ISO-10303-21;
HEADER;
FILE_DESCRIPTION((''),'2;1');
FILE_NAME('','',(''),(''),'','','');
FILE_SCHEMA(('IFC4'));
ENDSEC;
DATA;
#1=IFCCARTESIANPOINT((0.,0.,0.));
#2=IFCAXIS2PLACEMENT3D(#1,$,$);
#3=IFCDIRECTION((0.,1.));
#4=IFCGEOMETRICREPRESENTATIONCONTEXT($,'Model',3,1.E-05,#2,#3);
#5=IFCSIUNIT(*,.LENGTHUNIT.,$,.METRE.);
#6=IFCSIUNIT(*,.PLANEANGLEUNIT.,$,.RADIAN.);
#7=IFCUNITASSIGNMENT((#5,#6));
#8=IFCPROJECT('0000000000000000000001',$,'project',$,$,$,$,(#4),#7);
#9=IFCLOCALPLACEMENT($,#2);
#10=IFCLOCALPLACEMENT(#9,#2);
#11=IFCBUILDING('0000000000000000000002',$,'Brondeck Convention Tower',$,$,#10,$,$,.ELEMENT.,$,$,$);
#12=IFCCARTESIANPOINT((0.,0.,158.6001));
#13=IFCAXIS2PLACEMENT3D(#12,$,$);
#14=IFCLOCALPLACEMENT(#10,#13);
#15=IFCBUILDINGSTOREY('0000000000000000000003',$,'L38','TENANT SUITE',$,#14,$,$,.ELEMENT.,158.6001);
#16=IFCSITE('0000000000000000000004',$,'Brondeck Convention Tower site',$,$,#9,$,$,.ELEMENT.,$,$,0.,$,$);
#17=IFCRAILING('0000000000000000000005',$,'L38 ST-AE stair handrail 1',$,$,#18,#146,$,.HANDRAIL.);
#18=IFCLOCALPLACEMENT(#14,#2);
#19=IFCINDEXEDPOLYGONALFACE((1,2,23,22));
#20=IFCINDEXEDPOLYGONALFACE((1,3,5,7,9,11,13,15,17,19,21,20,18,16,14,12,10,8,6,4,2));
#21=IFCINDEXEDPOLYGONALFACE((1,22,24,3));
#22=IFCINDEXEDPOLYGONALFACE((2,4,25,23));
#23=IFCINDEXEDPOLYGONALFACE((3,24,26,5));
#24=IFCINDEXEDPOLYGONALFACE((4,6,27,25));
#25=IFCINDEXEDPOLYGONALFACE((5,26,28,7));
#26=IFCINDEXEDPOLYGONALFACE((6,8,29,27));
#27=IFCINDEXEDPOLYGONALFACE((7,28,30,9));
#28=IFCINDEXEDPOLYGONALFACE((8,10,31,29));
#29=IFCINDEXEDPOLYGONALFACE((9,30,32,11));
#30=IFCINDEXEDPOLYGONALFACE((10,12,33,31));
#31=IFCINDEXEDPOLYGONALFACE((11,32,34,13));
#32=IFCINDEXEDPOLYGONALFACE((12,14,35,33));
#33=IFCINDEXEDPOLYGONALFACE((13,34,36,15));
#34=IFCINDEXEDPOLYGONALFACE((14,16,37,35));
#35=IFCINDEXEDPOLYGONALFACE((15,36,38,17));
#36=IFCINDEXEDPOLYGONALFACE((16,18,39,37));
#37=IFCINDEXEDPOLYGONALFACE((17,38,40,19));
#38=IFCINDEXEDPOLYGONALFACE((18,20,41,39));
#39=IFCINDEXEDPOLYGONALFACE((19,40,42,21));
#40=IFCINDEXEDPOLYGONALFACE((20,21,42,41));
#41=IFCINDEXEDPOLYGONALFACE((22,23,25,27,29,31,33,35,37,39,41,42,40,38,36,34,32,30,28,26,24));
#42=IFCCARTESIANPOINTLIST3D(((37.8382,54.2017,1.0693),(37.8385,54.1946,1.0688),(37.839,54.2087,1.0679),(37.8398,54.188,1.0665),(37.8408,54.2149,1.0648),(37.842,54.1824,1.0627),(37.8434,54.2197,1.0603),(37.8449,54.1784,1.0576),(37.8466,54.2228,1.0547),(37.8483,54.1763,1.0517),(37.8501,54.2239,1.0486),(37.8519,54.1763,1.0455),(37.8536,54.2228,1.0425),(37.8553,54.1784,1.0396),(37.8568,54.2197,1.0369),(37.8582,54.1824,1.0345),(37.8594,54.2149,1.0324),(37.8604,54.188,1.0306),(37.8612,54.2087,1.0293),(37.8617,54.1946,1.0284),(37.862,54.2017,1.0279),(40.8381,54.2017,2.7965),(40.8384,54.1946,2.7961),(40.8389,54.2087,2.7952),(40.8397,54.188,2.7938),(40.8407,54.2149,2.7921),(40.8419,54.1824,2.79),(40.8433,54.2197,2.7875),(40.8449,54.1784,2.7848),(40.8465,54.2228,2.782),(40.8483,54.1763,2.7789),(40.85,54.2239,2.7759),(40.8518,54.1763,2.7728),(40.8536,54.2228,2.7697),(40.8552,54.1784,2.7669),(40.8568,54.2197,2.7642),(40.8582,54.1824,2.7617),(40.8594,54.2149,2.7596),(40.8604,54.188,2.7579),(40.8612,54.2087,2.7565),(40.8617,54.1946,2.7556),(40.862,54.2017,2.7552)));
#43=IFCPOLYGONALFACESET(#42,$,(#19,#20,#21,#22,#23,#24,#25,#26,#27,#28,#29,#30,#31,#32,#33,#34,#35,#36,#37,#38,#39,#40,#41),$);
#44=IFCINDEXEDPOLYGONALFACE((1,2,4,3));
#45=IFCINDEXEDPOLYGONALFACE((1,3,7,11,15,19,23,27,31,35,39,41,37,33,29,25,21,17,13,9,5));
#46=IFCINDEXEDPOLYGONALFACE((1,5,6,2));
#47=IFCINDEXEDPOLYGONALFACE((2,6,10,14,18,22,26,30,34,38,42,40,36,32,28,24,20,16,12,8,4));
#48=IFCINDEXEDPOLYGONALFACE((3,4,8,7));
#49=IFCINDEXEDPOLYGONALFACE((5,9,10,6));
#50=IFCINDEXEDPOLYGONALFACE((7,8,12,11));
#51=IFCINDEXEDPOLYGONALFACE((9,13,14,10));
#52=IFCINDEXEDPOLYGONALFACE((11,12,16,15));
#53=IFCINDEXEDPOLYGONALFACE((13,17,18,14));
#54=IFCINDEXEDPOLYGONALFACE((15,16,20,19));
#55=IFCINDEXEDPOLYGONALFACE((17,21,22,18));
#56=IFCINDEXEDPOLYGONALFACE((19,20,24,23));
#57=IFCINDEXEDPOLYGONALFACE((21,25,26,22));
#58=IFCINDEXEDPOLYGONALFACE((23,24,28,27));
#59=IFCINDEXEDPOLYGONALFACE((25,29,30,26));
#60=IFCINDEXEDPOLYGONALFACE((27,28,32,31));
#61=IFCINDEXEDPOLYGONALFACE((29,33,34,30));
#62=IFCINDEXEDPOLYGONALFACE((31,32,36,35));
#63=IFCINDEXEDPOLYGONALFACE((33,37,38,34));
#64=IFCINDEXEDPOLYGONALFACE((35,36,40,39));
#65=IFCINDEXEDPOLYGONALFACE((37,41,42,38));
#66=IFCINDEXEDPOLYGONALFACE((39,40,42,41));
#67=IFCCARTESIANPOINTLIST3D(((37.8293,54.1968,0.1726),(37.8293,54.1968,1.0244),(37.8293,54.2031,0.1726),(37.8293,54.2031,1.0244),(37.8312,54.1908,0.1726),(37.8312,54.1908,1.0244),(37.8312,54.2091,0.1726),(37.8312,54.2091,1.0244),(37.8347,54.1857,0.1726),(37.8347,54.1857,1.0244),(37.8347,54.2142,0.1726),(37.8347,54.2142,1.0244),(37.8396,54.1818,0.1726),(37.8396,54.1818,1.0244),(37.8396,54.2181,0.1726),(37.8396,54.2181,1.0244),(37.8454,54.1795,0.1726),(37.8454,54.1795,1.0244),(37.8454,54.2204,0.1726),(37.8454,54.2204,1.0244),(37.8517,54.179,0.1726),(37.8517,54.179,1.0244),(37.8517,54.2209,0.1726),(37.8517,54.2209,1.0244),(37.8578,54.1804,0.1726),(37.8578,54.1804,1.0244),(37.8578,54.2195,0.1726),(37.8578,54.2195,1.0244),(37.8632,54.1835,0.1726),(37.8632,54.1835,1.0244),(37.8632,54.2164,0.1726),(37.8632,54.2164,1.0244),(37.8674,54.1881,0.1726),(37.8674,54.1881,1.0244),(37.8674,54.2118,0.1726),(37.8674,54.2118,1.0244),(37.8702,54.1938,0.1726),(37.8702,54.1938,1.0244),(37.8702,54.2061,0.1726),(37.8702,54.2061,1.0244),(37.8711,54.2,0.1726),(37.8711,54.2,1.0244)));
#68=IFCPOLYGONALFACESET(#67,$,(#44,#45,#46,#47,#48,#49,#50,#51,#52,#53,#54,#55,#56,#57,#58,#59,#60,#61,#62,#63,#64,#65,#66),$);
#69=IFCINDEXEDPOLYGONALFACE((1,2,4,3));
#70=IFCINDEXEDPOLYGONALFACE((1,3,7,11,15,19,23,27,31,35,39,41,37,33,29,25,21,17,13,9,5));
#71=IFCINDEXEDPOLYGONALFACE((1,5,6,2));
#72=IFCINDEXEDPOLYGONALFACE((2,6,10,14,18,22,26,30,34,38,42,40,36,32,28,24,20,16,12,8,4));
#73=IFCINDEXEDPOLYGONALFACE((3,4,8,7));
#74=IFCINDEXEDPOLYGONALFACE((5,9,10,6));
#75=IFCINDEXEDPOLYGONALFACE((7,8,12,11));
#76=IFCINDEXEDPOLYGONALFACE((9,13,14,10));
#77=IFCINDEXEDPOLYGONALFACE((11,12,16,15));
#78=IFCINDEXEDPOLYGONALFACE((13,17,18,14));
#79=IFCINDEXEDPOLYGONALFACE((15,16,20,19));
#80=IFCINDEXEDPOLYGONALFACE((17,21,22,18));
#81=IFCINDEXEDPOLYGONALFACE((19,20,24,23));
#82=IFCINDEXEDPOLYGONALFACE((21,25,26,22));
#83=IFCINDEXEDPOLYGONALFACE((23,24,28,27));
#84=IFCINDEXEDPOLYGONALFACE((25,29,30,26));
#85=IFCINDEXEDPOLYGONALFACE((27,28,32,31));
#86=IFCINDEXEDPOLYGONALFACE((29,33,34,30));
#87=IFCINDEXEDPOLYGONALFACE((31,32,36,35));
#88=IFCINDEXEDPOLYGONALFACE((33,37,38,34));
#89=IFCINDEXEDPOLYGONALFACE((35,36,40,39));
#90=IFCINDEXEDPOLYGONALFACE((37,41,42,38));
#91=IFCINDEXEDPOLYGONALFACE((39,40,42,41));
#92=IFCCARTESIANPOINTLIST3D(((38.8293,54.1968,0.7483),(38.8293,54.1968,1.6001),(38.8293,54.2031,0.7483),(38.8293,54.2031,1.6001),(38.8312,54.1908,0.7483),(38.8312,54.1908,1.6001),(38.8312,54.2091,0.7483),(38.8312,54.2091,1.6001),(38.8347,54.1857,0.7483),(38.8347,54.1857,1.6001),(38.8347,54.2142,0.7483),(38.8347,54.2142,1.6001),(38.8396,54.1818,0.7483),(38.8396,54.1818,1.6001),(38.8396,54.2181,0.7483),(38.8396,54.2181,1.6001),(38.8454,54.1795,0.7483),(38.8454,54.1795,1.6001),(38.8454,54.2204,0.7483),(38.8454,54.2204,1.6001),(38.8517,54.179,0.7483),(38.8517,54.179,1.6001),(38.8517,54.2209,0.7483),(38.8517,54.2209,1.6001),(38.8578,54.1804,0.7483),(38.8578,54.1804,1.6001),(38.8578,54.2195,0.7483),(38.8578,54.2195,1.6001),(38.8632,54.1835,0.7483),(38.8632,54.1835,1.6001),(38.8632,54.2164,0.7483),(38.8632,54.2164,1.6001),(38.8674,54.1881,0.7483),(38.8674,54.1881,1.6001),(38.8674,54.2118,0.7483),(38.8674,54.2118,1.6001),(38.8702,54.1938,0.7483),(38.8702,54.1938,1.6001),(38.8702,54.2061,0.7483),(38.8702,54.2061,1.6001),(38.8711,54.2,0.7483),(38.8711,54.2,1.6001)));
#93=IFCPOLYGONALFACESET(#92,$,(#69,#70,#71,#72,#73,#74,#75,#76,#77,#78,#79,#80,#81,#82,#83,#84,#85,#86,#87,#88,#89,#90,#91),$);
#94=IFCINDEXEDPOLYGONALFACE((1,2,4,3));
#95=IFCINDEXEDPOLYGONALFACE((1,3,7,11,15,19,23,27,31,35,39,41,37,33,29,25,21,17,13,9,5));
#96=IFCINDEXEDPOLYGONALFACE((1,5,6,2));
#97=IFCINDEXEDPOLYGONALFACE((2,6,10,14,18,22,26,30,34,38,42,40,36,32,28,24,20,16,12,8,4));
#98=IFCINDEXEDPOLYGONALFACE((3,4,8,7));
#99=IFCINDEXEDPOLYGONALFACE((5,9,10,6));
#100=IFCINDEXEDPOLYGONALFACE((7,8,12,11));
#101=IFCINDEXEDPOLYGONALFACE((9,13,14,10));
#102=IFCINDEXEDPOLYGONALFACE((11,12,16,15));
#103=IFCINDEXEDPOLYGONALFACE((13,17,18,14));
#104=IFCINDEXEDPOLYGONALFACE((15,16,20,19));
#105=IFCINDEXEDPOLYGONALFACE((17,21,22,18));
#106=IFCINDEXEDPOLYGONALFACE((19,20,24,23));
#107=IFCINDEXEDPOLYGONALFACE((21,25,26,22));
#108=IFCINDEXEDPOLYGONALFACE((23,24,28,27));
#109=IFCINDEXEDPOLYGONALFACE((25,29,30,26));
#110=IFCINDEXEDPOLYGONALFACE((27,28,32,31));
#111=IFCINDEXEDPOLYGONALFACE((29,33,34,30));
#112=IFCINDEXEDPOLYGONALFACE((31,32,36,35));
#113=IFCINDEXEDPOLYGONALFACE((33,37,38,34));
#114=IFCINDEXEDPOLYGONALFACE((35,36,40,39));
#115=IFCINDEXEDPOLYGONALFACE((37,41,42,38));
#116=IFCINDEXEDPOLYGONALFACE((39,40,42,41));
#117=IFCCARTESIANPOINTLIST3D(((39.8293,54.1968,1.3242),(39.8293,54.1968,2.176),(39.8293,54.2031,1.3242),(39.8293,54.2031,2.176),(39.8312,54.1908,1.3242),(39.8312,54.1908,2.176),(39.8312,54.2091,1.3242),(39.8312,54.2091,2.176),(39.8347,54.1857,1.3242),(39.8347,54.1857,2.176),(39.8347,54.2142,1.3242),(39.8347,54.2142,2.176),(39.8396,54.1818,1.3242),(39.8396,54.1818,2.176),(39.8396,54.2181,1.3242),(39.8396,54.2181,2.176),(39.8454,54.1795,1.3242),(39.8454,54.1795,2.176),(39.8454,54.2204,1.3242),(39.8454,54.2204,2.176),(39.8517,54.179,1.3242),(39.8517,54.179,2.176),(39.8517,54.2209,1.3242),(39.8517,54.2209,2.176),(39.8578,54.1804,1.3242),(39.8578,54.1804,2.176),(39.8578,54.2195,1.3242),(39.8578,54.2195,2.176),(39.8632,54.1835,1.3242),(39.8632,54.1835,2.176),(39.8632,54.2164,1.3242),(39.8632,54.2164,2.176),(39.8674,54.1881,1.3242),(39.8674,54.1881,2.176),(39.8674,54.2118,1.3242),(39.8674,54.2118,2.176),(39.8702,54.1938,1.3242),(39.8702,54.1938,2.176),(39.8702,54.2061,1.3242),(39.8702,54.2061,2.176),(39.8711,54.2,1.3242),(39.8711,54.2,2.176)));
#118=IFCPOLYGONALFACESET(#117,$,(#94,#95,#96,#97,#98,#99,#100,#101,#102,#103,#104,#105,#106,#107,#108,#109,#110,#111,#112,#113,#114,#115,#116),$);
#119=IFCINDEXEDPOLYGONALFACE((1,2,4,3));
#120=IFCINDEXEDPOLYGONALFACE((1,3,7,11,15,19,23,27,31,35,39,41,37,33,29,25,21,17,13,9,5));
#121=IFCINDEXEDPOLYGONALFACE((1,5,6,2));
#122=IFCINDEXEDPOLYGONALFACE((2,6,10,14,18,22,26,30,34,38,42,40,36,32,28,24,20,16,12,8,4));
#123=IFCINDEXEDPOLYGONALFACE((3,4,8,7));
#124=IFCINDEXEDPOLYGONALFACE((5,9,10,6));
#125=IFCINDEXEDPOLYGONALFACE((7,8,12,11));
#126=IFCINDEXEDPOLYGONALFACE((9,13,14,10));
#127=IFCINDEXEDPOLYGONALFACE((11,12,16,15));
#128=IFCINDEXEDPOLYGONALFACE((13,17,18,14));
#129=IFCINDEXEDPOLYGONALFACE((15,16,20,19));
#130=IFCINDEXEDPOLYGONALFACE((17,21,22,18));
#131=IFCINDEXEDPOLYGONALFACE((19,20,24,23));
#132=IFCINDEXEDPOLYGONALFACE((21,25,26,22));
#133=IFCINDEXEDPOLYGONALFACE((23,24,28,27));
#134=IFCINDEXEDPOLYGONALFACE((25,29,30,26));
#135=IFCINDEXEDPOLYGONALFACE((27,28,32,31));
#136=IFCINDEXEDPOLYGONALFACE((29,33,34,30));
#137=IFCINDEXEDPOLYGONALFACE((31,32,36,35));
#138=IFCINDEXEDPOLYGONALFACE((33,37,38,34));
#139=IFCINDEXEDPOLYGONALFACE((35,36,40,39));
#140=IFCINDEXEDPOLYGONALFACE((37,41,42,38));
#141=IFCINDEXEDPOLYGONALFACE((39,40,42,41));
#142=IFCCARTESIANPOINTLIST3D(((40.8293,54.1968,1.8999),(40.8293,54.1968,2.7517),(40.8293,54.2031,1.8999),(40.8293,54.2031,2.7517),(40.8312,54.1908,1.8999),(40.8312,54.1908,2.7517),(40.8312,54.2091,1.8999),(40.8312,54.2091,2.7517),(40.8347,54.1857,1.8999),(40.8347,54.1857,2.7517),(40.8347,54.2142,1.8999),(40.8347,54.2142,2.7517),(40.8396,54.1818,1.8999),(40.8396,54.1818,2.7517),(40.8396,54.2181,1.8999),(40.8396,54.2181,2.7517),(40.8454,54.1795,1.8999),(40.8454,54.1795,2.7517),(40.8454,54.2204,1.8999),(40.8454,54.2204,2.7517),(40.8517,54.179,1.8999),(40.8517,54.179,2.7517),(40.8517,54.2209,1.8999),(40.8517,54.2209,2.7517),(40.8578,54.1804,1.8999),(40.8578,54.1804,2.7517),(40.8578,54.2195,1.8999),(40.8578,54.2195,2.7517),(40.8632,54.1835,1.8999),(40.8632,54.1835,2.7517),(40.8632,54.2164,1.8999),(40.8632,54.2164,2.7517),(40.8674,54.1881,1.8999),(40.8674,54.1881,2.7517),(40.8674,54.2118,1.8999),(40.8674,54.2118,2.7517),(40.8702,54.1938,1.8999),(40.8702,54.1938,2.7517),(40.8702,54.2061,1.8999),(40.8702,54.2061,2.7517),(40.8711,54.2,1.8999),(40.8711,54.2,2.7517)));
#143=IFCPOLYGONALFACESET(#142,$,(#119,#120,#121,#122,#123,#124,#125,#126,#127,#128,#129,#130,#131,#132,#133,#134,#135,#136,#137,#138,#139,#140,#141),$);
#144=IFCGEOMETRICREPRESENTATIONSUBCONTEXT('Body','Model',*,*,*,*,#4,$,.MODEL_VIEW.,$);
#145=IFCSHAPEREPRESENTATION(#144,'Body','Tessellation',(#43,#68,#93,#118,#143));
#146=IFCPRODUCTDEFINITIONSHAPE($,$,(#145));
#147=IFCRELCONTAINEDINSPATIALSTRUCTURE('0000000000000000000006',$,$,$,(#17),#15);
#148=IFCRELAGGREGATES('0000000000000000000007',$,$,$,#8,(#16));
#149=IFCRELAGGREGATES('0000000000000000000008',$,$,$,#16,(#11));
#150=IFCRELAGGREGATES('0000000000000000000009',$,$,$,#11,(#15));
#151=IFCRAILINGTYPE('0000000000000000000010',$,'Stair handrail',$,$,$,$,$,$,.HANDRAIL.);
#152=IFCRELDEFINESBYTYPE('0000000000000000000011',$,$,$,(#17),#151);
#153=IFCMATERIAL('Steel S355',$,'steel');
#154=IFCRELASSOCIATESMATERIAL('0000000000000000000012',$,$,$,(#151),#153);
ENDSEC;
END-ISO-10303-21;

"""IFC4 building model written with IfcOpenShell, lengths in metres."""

from ifc_helpers import new_model, si_unit, direction, frame, origin, origin_2d, place, context, subcontext, project, spatial, circle, extrude, material, type_object, element, save


model = new_model("IFC4")

# Units and contexts
model_context = context("Model", 3, precision=1e-05, world=origin(), true_north=direction((0.0, 1.0)))
body_context = subcontext(model_context, "Body", "Model", "MODEL_VIEW")
ifc_project = project(units=[si_unit("LENGTHUNIT", "METRE"), si_unit("PLANEANGLEUNIT", "RADIAN")], contexts=[model_context])

# Site, building, storey
site_placement = place(None, origin())
site = spatial("IfcSite", under=ifc_project, at=site_placement, Name="Brondeck Convention Tower site", CompositionType="ELEMENT", RefElevation=0.0)
building_placement = place(site_placement, origin())
building = spatial("IfcBuilding", under=site, at=building_placement, Name="Brondeck Convention Tower", CompositionType="ELEMENT")
storey_placement = place(building_placement, frame((0.0, 0.0, 158.6001)))
storey = spatial("IfcBuildingStorey", under=building, at=storey_placement, Name="L38", Description="TENANT SUITE", CompositionType="ELEMENT", Elevation=158.6001)

# Shared definitions
ifc_material_1 = material(Name="Steel S355", Category="steel")

# Railing
railing_type_1 = type_object("IfcRailingType", Name="Stair handrail", PredefinedType="HANDRAIL", material=ifc_material_1)
railing_1_placement = place(storey_placement, frame((37.8501, 54.2, 0.1726)))
element("IfcRailing", 1, at=railing_1_placement, inside=storey, type_object=railing_type_1, Name="L38 ST-AE stair handrail 1", PredefinedType="HANDRAIL", context=body_context, shape_type="SweptSolid", body=[
    extrude(circle(Radius=0.0239, at=origin_2d()), frame((0.0, 0.0, 0.876), z_axis=(0.86662, 0.0, 0.498969), x_axis=(0.0, 1.0, 0.0)), (0.0, 0.0, 1.0), 3.4617),
    extrude(circle(Radius=0.021, at=origin_2d()), origin(), (0.0, 0.0, 1.0), 0.8518),
    extrude(circle(Radius=0.021, at=origin_2d()), frame((1.0, 0.0, 0.5757)), (0.0, 0.0, 1.0), 0.8518),
    extrude(circle(Radius=0.021, at=origin_2d()), frame((2.0, 0.0, 1.1516)), (0.0, 0.0, 1.0), 0.8518),
    extrude(circle(Radius=0.021, at=origin_2d()), frame((3.0, 0.0, 1.7273)), (0.0, 0.0, 1.0), 0.8518),
])

save(model, "model.ifc")
